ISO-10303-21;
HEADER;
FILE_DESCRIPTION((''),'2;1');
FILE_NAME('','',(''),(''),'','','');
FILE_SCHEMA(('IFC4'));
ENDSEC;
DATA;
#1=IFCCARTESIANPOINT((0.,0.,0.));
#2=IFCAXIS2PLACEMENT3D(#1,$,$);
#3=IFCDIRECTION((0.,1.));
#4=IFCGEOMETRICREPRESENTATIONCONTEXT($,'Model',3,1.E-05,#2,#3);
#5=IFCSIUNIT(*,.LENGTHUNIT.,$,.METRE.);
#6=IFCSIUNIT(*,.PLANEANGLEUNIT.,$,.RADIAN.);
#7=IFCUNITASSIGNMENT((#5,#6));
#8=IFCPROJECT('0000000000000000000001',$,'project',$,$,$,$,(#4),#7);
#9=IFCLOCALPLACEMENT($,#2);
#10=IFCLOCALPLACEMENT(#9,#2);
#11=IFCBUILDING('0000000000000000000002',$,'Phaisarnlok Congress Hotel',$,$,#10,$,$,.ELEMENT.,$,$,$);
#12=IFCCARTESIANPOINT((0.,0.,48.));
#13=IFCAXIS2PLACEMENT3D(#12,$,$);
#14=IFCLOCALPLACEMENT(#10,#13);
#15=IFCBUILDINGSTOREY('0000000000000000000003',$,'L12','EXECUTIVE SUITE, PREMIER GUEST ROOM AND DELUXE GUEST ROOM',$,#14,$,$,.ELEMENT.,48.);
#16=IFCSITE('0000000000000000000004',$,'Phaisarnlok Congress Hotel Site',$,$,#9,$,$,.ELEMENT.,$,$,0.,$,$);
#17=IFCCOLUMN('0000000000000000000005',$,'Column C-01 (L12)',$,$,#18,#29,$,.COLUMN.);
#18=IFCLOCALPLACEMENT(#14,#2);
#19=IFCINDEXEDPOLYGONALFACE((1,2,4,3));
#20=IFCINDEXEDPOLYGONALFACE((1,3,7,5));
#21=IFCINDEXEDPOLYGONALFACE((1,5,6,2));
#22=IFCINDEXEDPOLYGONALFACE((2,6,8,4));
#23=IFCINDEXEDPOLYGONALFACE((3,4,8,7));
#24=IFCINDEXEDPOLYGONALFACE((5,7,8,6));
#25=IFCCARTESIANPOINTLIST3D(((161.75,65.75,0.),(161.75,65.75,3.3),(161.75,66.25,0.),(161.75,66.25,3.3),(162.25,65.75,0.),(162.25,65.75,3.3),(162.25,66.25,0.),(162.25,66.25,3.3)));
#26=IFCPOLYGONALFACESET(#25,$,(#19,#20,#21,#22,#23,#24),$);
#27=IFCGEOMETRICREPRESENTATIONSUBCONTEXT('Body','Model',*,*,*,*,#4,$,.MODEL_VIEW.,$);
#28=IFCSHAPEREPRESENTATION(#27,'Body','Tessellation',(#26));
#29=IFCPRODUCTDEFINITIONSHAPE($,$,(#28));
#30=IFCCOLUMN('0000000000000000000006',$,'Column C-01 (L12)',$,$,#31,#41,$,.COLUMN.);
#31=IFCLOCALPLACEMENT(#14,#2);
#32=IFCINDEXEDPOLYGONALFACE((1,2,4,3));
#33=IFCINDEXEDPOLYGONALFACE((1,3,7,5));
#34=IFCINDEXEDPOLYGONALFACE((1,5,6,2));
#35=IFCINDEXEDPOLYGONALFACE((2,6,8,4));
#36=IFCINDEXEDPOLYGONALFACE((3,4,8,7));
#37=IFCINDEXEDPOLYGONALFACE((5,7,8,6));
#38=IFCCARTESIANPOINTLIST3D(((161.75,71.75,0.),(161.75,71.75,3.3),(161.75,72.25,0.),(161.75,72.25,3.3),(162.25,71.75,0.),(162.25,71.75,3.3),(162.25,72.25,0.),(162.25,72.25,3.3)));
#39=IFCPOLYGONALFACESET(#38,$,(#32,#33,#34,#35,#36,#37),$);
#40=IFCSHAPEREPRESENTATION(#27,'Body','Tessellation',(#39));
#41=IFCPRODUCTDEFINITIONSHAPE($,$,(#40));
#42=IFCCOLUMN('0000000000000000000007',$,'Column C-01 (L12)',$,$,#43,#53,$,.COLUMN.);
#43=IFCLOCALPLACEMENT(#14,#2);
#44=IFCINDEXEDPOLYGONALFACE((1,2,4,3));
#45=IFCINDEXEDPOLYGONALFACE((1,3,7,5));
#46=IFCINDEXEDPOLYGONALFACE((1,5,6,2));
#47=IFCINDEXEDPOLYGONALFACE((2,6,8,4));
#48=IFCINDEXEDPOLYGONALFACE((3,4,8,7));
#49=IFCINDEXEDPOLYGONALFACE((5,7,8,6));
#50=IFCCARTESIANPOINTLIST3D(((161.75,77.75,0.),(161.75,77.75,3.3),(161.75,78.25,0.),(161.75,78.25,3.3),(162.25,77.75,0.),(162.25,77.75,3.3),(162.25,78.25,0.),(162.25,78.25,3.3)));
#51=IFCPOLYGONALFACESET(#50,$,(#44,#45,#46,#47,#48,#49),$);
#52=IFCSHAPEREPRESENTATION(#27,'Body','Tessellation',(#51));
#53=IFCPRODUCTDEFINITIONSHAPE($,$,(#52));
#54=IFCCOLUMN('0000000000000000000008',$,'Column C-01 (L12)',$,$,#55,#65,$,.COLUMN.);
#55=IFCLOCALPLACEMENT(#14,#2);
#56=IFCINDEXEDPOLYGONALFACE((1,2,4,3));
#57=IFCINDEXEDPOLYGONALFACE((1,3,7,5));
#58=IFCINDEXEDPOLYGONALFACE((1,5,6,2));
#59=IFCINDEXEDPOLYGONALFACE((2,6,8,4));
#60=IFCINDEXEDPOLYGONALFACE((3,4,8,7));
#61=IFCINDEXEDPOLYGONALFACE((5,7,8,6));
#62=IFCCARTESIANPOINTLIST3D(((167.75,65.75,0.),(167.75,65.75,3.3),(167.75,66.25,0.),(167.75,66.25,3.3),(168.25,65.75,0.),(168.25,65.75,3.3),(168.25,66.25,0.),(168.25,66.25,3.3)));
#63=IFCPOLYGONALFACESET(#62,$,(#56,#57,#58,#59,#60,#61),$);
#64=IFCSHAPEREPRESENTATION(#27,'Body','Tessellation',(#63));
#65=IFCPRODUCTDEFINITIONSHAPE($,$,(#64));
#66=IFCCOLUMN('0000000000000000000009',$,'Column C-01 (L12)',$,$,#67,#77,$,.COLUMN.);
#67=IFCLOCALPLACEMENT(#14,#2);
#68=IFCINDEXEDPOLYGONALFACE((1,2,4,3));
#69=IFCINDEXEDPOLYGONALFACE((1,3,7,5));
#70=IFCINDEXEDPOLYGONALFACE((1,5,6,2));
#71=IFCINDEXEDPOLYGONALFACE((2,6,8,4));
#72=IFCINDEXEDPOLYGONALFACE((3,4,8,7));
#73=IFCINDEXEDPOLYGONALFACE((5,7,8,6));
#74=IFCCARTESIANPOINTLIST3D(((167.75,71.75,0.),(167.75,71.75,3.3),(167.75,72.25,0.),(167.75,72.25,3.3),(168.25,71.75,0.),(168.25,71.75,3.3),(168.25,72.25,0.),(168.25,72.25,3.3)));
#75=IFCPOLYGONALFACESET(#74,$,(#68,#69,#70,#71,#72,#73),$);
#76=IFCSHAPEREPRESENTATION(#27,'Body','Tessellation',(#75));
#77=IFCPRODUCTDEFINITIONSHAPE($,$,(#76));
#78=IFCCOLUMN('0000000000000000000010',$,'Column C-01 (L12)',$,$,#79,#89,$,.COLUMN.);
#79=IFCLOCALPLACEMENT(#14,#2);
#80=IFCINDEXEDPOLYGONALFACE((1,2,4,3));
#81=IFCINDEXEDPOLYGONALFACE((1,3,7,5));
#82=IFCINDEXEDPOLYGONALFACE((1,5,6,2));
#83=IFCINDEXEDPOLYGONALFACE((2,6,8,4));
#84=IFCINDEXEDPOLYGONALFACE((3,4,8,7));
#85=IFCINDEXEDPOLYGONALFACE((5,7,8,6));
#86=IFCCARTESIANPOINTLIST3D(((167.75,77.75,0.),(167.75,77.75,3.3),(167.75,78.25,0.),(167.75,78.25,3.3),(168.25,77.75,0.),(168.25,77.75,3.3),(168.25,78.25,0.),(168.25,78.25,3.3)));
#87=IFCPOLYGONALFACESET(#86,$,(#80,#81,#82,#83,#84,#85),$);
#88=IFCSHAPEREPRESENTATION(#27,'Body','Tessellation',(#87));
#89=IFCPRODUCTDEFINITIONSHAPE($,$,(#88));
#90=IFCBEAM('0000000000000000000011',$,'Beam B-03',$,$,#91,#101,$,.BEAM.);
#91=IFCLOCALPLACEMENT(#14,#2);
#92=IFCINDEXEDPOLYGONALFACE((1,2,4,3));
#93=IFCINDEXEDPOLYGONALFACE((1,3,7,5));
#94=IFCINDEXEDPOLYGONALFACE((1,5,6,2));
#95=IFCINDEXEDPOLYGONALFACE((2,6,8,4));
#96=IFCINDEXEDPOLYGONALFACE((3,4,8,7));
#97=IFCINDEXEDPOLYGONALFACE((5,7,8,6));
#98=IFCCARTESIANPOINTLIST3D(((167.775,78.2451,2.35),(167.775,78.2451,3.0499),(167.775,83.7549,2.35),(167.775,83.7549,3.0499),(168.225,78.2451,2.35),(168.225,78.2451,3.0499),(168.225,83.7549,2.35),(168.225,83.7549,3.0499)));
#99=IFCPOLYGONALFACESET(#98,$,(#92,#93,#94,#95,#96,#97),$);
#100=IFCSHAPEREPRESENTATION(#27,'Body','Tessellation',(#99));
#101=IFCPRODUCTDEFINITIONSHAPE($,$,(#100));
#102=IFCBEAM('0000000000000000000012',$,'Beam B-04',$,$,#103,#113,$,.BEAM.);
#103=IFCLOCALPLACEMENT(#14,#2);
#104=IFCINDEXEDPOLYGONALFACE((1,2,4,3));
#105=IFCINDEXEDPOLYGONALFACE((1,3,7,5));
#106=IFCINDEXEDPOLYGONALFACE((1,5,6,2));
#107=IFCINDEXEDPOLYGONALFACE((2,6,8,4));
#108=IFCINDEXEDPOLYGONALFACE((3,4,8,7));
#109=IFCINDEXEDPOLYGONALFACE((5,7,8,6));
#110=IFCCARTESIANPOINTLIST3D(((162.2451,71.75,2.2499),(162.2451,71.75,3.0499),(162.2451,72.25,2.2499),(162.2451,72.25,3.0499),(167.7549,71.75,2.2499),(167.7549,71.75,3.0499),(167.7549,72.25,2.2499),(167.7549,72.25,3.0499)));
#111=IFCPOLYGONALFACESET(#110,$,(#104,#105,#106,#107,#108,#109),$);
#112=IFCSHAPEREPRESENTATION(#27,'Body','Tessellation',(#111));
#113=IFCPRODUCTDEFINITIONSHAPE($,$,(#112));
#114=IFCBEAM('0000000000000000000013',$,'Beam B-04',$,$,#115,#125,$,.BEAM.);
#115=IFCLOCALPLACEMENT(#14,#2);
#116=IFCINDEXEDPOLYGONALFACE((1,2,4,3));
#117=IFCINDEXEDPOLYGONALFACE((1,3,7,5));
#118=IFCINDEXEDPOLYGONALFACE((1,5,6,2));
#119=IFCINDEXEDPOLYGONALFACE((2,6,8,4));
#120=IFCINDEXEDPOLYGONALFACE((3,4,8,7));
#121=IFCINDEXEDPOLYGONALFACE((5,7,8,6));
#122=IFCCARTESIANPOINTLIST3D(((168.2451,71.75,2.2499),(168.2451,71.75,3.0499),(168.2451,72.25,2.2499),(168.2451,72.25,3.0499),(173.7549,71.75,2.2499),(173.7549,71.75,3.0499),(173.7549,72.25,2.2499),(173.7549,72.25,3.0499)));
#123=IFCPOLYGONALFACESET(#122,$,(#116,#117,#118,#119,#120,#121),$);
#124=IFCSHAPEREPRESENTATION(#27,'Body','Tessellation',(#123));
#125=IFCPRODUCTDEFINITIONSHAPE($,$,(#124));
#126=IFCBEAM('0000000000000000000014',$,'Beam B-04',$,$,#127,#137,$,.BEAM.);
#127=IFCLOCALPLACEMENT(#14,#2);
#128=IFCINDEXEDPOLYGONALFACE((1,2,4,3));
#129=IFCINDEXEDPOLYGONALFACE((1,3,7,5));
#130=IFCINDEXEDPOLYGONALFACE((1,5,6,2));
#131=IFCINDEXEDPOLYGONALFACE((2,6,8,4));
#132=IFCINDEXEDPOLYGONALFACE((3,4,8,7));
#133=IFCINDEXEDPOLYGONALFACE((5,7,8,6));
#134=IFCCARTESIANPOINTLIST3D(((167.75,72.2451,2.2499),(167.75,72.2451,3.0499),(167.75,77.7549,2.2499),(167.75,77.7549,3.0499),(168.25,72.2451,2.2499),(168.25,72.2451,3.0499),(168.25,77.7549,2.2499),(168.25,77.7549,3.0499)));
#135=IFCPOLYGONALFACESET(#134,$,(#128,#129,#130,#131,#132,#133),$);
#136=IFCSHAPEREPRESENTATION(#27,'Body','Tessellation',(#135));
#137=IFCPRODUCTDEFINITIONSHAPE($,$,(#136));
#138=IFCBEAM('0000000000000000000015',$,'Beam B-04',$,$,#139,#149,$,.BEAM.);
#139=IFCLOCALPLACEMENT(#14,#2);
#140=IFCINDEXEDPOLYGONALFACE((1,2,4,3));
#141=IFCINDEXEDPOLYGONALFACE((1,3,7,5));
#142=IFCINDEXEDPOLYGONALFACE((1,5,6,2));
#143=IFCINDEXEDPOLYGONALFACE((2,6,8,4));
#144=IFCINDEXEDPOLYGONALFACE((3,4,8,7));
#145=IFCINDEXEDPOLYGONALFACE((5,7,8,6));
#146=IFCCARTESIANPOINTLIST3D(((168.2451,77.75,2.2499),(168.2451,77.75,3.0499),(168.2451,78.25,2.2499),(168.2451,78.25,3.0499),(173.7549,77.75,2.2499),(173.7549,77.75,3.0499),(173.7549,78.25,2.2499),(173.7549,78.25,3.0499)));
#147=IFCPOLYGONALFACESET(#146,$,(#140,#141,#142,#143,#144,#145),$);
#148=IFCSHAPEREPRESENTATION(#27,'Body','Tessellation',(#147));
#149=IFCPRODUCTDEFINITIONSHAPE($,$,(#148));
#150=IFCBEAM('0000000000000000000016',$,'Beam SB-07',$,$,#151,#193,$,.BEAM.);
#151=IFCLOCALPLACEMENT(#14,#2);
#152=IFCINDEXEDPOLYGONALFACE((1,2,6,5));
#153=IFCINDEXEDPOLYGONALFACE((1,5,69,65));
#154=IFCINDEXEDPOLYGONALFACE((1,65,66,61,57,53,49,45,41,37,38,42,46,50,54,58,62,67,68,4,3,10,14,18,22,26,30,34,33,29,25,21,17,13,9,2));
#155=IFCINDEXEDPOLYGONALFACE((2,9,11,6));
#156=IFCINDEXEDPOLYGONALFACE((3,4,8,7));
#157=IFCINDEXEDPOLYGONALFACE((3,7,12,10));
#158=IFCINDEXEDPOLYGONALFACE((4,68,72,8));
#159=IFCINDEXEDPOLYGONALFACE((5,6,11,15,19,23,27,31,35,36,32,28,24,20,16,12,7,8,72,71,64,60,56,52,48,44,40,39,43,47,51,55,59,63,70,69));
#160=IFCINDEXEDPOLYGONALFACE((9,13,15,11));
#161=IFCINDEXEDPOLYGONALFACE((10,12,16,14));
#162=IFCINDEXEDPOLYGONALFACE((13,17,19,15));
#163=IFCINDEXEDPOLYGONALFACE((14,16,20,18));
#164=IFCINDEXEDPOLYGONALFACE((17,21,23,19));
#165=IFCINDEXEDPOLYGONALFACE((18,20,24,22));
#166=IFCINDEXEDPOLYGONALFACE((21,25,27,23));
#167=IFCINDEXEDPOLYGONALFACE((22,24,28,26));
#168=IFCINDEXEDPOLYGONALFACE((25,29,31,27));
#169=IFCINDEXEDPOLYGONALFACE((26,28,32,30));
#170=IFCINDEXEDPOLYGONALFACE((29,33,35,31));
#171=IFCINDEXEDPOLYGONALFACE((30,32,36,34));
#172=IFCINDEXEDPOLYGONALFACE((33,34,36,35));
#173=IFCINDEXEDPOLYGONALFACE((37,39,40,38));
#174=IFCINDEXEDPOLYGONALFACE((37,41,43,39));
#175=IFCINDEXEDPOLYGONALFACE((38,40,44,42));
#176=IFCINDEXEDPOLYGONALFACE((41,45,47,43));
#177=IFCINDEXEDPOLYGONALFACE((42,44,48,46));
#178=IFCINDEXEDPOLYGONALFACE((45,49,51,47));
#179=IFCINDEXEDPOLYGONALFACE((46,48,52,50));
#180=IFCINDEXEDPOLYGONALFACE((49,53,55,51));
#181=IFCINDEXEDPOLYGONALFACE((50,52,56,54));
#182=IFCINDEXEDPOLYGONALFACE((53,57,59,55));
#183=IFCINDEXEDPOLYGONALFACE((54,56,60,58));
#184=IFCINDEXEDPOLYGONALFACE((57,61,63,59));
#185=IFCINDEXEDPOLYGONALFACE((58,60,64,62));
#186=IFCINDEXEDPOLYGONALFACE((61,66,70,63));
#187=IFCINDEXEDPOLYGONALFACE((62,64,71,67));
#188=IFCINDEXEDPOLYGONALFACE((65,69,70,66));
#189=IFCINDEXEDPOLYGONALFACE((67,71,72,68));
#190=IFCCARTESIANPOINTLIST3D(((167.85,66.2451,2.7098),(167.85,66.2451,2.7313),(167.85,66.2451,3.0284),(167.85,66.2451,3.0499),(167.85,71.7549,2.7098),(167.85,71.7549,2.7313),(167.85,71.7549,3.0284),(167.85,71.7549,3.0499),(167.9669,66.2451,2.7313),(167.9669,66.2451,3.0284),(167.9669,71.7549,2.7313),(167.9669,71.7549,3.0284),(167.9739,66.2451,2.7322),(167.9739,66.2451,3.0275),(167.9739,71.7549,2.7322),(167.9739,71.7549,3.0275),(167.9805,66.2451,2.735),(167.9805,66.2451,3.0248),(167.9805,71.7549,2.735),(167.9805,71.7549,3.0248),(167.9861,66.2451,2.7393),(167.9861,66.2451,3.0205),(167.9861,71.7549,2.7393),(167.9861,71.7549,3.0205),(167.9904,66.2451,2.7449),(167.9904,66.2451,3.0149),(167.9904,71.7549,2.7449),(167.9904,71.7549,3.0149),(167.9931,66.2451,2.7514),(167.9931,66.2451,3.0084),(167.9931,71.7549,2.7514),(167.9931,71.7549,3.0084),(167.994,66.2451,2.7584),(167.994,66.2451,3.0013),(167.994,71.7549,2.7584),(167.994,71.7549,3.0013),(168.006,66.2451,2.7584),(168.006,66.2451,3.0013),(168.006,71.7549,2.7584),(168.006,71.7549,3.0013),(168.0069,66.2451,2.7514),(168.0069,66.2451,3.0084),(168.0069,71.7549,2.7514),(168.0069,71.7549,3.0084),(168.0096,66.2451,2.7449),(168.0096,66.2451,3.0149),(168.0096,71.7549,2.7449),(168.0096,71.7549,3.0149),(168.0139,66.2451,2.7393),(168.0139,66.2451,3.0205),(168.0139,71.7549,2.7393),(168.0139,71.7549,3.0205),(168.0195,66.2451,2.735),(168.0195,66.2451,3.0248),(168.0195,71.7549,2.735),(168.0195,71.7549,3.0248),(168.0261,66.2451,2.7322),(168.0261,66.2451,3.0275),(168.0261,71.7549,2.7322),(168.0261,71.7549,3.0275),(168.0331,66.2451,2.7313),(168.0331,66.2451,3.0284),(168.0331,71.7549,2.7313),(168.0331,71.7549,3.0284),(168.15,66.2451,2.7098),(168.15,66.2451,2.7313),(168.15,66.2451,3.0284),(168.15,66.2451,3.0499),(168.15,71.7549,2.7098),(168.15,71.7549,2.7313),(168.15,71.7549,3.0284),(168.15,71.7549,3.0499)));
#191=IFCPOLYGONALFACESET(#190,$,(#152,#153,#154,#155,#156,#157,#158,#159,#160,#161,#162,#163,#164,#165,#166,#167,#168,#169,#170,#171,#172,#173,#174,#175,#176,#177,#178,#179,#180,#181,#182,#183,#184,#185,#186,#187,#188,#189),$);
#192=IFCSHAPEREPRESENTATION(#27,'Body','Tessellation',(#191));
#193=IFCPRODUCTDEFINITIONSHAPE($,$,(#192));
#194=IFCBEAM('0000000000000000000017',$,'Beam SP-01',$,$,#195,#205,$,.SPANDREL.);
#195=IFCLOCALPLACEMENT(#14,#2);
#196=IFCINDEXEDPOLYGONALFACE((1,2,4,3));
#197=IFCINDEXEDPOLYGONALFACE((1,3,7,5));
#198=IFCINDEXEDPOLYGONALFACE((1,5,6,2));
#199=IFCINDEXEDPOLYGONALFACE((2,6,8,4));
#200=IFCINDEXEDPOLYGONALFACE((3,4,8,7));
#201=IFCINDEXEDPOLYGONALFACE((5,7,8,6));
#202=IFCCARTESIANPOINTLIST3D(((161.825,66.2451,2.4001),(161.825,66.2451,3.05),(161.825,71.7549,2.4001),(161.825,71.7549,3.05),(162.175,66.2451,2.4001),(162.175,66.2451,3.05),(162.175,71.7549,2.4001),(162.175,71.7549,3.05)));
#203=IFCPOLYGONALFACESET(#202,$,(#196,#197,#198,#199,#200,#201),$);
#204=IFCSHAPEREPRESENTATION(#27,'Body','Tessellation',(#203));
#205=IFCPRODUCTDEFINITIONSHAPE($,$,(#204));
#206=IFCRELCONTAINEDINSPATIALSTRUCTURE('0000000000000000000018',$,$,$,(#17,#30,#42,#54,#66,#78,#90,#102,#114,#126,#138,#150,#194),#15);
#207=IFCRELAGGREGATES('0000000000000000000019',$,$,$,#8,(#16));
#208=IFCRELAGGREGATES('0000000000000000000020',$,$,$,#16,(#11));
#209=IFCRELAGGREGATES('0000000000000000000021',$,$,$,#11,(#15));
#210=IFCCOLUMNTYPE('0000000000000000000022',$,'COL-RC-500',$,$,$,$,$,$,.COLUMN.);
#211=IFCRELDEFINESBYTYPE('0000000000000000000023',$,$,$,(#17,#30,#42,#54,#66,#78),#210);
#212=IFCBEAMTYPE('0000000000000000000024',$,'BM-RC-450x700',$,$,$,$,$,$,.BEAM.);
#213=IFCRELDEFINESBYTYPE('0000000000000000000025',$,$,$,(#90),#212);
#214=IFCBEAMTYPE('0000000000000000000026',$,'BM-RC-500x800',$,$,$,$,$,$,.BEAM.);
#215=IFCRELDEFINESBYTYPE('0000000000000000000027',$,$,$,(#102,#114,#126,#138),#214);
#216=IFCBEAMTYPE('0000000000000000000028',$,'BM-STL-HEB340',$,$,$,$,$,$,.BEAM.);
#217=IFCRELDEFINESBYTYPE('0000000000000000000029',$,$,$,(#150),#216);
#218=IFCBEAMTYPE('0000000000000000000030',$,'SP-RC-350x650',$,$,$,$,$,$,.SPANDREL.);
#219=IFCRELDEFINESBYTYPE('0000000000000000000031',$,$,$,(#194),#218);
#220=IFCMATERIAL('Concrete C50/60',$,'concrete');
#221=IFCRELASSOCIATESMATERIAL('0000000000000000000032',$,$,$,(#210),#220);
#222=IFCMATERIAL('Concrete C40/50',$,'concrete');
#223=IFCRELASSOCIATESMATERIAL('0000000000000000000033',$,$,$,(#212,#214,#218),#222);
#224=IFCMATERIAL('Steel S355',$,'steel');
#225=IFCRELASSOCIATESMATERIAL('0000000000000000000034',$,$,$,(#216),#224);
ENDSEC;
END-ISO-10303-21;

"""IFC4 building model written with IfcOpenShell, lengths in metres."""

from ifc_helpers import new_model, si_unit, direction, frame, origin, origin_2d, place, context, subcontext, project, spatial, rectangle, i_section, extrude, material, material_profile, profile_set, type_object, element, save


model = new_model("IFC4")

# Units and contexts
model_context = context("Model", 3, precision=1e-05, world=origin(), true_north=direction((0.0, 1.0)))
body_context = subcontext(model_context, "Body", "Model", "MODEL_VIEW")
ifc_project = project(units=[si_unit("LENGTHUNIT", "METRE"), si_unit("PLANEANGLEUNIT", "RADIAN")], contexts=[model_context])

# Site, building, storey
site_placement = place(None, origin())
site = spatial("IfcSite", under=ifc_project, at=site_placement, Name="Phaisarnlok Congress Hotel Site", CompositionType="ELEMENT", RefElevation=0.0)
building_placement = place(site_placement, origin())
building = spatial("IfcBuilding", under=site, at=building_placement, Name="Phaisarnlok Congress Hotel", CompositionType="ELEMENT")
storey_placement = place(building_placement, frame((0.0, 0.0, 48.0)))
storey = spatial("IfcBuildingStorey", under=building, at=storey_placement, Name="L12", Description="EXECUTIVE SUITE, PREMIER GUEST ROOM AND DELUXE GUEST ROOM", CompositionType="ELEMENT", Elevation=48.0)

# Columns
ifc_material_1 = material(Name="Concrete C50/60", Category="concrete")
ifc_material_profile_1 = material_profile(ifc_material_1, rectangle(XDim=0.5, YDim=0.5, at=origin_2d()), Name="RC 500x500")
ifc_profile_set_1 = profile_set([ifc_material_profile_1], Name="Concrete C50/60")
column_type = type_object("IfcColumnType", Name="COL-RC-500", PredefinedType="COLUMN", material=ifc_profile_set_1)
for number, where, z_axis, x_axis, name in (
    (1, (162.0, 66.0, 0.0), (0.0, 0.0, 1.0), (1.0, 0.0, 0.0), "Column C-01 (L12)"),
    (2, (162.0, 72.0, 0.0), (0.0, 0.0, 1.0), (1.0, 0.0, 0.0), "Column C-01 (L12)"),
    (3, (162.0, 78.0, 0.0), (0.0, 0.0, 1.0), (1.0, 0.0, 0.0), "Column C-01 (L12)"),
    (4, (168.0, 66.0, 0.0), (0.0, 0.0, 1.0), (1.0, 0.0, 0.0), "Column C-01 (L12)"),
    (5, (168.0, 72.0, 0.0), (0.0, 0.0, 1.0), (1.0, 0.0, 0.0), "Column C-01 (L12)"),
    (6, (168.0, 78.0, 0.0), (0.0, 0.0, 1.0), (1.0, 0.0, 0.0), "Column C-01 (L12)"),
):
    element("IfcColumn", number, at=place(storey_placement, frame(where, z_axis=z_axis, x_axis=x_axis)), inside=storey, type_object=column_type, Name=name, PredefinedType="COLUMN", context=body_context, shape_type="SweptSolid", body=[
        extrude(rectangle(XDim=0.5, YDim=0.5, at=origin_2d()), origin(), (0.0, 0.0, 1.0), 3.3),
    ])

# Beams
ifc_material_2 = material(Name="Concrete C40/50", Category="concrete")
ifc_material_profile_2 = material_profile(ifc_material_2, rectangle(XDim=0.45, YDim=0.7, at=origin_2d()), Name="RC 450x700")
ifc_profile_set_2 = profile_set([ifc_material_profile_2], Name="Concrete C40/50")
beam_type_1 = type_object("IfcBeamType", Name="BM-RC-450x700", PredefinedType="BEAM", material=ifc_profile_set_2)
beam_1_placement = place(storey_placement, frame((168.0, 78.2451, 2.7), z_axis=(0.0, 1.0, 0.0), x_axis=(-1.0, 0.0, 0.0)))
element("IfcBeam", 7, at=beam_1_placement, inside=storey, type_object=beam_type_1, Name="Beam B-03", PredefinedType="BEAM", context=body_context, shape_type="SweptSolid", body=[
    extrude(rectangle(XDim=0.45, YDim=0.7, at=origin_2d()), origin(), (0.0, 0.0, 1.0), 5.5098),
])
ifc_material_profile_3 = material_profile(ifc_material_2, rectangle(XDim=0.5, YDim=0.8, at=origin_2d()), Name="RC 500x800")
ifc_profile_set_3 = profile_set([ifc_material_profile_3], Name="Concrete C40/50")
beam_type_2 = type_object("IfcBeamType", Name="BM-RC-500x800", PredefinedType="BEAM", material=ifc_profile_set_3)
for number, where, z_axis, x_axis, name in (
    (8, (162.2451, 72.0, 2.6499), (1.0, 0.0, 0.0), (0.0, 1.0, 0.0), "Beam B-04"),
    (9, (168.2451, 72.0, 2.6499), (1.0, 0.0, 0.0), (0.0, 1.0, 0.0), "Beam B-04"),
    (10, (168.0, 72.2451, 2.6499), (0.0, 1.0, 0.0), (-1.0, 0.0, 0.0), "Beam B-04"),
    (11, (168.2451, 78.0, 2.6499), (1.0, 0.0, 0.0), (0.0, 1.0, 0.0), "Beam B-04"),
):
    element("IfcBeam", number, at=place(storey_placement, frame(where, z_axis=z_axis, x_axis=x_axis)), inside=storey, type_object=beam_type_2, Name=name, PredefinedType="BEAM", context=body_context, shape_type="SweptSolid", body=[
        extrude(rectangle(XDim=0.5, YDim=0.8, at=origin_2d()), origin(), (0.0, 0.0, 1.0), 5.5098),
    ])
ifc_material_3 = material(Name="Steel S355", Category="steel")
ifc_material_profile_4 = material_profile(ifc_material_3, i_section(OverallWidth=0.3, OverallDepth=0.3401, WebThickness=0.012, FlangeThickness=0.0215, FilletRadius=0.0271, at=origin_2d()), Name="HEB 340")
ifc_profile_set_4 = profile_set([ifc_material_profile_4], Name="Steel S355")
beam_type_3 = type_object("IfcBeamType", Name="BM-STL-HEB340", PredefinedType="BEAM", material=ifc_profile_set_4)
beam_2_placement = place(storey_placement, frame((168.0, 66.2451, 2.8799), z_axis=(0.0, 1.0, 0.0), x_axis=(-1.0, 0.0, 0.0)))
element("IfcBeam", 12, at=beam_2_placement, inside=storey, type_object=beam_type_3, Name="Beam SB-07", PredefinedType="BEAM", context=body_context, shape_type="SweptSolid", body=[
    extrude(i_section(OverallWidth=0.3, OverallDepth=0.3401, WebThickness=0.012, FlangeThickness=0.0215, FilletRadius=0.0271, at=origin_2d()), origin(), (0.0, 0.0, 1.0), 5.5098),
])
ifc_material_profile_5 = material_profile(ifc_material_2, rectangle(XDim=0.3501, YDim=0.6499, at=origin_2d()), Name="RC 350x650")
ifc_profile_set_5 = profile_set([ifc_material_profile_5], Name="Concrete C40/50")
beam_type_4 = type_object("IfcBeamType", Name="SP-RC-350x650", PredefinedType="SPANDREL", material=ifc_profile_set_5)
for number, where, z_axis, x_axis, name in (
    (13, (162.0, 66.2451, 2.7251), (0.0, 1.0, 0.0), (-1.0, 0.0, 0.0), "Beam SP-01"),
):
    element("IfcBeam", number, at=place(storey_placement, frame(where, z_axis=z_axis, x_axis=x_axis)), inside=storey, type_object=beam_type_4, Name=name, PredefinedType="SPANDREL", context=body_context, shape_type="SweptSolid", body=[
        extrude(rectangle(XDim=0.3501, YDim=0.6499, at=origin_2d()), origin(), (0.0, 0.0, 1.0), 5.5098),
    ])

save(model, "model.ifc")
